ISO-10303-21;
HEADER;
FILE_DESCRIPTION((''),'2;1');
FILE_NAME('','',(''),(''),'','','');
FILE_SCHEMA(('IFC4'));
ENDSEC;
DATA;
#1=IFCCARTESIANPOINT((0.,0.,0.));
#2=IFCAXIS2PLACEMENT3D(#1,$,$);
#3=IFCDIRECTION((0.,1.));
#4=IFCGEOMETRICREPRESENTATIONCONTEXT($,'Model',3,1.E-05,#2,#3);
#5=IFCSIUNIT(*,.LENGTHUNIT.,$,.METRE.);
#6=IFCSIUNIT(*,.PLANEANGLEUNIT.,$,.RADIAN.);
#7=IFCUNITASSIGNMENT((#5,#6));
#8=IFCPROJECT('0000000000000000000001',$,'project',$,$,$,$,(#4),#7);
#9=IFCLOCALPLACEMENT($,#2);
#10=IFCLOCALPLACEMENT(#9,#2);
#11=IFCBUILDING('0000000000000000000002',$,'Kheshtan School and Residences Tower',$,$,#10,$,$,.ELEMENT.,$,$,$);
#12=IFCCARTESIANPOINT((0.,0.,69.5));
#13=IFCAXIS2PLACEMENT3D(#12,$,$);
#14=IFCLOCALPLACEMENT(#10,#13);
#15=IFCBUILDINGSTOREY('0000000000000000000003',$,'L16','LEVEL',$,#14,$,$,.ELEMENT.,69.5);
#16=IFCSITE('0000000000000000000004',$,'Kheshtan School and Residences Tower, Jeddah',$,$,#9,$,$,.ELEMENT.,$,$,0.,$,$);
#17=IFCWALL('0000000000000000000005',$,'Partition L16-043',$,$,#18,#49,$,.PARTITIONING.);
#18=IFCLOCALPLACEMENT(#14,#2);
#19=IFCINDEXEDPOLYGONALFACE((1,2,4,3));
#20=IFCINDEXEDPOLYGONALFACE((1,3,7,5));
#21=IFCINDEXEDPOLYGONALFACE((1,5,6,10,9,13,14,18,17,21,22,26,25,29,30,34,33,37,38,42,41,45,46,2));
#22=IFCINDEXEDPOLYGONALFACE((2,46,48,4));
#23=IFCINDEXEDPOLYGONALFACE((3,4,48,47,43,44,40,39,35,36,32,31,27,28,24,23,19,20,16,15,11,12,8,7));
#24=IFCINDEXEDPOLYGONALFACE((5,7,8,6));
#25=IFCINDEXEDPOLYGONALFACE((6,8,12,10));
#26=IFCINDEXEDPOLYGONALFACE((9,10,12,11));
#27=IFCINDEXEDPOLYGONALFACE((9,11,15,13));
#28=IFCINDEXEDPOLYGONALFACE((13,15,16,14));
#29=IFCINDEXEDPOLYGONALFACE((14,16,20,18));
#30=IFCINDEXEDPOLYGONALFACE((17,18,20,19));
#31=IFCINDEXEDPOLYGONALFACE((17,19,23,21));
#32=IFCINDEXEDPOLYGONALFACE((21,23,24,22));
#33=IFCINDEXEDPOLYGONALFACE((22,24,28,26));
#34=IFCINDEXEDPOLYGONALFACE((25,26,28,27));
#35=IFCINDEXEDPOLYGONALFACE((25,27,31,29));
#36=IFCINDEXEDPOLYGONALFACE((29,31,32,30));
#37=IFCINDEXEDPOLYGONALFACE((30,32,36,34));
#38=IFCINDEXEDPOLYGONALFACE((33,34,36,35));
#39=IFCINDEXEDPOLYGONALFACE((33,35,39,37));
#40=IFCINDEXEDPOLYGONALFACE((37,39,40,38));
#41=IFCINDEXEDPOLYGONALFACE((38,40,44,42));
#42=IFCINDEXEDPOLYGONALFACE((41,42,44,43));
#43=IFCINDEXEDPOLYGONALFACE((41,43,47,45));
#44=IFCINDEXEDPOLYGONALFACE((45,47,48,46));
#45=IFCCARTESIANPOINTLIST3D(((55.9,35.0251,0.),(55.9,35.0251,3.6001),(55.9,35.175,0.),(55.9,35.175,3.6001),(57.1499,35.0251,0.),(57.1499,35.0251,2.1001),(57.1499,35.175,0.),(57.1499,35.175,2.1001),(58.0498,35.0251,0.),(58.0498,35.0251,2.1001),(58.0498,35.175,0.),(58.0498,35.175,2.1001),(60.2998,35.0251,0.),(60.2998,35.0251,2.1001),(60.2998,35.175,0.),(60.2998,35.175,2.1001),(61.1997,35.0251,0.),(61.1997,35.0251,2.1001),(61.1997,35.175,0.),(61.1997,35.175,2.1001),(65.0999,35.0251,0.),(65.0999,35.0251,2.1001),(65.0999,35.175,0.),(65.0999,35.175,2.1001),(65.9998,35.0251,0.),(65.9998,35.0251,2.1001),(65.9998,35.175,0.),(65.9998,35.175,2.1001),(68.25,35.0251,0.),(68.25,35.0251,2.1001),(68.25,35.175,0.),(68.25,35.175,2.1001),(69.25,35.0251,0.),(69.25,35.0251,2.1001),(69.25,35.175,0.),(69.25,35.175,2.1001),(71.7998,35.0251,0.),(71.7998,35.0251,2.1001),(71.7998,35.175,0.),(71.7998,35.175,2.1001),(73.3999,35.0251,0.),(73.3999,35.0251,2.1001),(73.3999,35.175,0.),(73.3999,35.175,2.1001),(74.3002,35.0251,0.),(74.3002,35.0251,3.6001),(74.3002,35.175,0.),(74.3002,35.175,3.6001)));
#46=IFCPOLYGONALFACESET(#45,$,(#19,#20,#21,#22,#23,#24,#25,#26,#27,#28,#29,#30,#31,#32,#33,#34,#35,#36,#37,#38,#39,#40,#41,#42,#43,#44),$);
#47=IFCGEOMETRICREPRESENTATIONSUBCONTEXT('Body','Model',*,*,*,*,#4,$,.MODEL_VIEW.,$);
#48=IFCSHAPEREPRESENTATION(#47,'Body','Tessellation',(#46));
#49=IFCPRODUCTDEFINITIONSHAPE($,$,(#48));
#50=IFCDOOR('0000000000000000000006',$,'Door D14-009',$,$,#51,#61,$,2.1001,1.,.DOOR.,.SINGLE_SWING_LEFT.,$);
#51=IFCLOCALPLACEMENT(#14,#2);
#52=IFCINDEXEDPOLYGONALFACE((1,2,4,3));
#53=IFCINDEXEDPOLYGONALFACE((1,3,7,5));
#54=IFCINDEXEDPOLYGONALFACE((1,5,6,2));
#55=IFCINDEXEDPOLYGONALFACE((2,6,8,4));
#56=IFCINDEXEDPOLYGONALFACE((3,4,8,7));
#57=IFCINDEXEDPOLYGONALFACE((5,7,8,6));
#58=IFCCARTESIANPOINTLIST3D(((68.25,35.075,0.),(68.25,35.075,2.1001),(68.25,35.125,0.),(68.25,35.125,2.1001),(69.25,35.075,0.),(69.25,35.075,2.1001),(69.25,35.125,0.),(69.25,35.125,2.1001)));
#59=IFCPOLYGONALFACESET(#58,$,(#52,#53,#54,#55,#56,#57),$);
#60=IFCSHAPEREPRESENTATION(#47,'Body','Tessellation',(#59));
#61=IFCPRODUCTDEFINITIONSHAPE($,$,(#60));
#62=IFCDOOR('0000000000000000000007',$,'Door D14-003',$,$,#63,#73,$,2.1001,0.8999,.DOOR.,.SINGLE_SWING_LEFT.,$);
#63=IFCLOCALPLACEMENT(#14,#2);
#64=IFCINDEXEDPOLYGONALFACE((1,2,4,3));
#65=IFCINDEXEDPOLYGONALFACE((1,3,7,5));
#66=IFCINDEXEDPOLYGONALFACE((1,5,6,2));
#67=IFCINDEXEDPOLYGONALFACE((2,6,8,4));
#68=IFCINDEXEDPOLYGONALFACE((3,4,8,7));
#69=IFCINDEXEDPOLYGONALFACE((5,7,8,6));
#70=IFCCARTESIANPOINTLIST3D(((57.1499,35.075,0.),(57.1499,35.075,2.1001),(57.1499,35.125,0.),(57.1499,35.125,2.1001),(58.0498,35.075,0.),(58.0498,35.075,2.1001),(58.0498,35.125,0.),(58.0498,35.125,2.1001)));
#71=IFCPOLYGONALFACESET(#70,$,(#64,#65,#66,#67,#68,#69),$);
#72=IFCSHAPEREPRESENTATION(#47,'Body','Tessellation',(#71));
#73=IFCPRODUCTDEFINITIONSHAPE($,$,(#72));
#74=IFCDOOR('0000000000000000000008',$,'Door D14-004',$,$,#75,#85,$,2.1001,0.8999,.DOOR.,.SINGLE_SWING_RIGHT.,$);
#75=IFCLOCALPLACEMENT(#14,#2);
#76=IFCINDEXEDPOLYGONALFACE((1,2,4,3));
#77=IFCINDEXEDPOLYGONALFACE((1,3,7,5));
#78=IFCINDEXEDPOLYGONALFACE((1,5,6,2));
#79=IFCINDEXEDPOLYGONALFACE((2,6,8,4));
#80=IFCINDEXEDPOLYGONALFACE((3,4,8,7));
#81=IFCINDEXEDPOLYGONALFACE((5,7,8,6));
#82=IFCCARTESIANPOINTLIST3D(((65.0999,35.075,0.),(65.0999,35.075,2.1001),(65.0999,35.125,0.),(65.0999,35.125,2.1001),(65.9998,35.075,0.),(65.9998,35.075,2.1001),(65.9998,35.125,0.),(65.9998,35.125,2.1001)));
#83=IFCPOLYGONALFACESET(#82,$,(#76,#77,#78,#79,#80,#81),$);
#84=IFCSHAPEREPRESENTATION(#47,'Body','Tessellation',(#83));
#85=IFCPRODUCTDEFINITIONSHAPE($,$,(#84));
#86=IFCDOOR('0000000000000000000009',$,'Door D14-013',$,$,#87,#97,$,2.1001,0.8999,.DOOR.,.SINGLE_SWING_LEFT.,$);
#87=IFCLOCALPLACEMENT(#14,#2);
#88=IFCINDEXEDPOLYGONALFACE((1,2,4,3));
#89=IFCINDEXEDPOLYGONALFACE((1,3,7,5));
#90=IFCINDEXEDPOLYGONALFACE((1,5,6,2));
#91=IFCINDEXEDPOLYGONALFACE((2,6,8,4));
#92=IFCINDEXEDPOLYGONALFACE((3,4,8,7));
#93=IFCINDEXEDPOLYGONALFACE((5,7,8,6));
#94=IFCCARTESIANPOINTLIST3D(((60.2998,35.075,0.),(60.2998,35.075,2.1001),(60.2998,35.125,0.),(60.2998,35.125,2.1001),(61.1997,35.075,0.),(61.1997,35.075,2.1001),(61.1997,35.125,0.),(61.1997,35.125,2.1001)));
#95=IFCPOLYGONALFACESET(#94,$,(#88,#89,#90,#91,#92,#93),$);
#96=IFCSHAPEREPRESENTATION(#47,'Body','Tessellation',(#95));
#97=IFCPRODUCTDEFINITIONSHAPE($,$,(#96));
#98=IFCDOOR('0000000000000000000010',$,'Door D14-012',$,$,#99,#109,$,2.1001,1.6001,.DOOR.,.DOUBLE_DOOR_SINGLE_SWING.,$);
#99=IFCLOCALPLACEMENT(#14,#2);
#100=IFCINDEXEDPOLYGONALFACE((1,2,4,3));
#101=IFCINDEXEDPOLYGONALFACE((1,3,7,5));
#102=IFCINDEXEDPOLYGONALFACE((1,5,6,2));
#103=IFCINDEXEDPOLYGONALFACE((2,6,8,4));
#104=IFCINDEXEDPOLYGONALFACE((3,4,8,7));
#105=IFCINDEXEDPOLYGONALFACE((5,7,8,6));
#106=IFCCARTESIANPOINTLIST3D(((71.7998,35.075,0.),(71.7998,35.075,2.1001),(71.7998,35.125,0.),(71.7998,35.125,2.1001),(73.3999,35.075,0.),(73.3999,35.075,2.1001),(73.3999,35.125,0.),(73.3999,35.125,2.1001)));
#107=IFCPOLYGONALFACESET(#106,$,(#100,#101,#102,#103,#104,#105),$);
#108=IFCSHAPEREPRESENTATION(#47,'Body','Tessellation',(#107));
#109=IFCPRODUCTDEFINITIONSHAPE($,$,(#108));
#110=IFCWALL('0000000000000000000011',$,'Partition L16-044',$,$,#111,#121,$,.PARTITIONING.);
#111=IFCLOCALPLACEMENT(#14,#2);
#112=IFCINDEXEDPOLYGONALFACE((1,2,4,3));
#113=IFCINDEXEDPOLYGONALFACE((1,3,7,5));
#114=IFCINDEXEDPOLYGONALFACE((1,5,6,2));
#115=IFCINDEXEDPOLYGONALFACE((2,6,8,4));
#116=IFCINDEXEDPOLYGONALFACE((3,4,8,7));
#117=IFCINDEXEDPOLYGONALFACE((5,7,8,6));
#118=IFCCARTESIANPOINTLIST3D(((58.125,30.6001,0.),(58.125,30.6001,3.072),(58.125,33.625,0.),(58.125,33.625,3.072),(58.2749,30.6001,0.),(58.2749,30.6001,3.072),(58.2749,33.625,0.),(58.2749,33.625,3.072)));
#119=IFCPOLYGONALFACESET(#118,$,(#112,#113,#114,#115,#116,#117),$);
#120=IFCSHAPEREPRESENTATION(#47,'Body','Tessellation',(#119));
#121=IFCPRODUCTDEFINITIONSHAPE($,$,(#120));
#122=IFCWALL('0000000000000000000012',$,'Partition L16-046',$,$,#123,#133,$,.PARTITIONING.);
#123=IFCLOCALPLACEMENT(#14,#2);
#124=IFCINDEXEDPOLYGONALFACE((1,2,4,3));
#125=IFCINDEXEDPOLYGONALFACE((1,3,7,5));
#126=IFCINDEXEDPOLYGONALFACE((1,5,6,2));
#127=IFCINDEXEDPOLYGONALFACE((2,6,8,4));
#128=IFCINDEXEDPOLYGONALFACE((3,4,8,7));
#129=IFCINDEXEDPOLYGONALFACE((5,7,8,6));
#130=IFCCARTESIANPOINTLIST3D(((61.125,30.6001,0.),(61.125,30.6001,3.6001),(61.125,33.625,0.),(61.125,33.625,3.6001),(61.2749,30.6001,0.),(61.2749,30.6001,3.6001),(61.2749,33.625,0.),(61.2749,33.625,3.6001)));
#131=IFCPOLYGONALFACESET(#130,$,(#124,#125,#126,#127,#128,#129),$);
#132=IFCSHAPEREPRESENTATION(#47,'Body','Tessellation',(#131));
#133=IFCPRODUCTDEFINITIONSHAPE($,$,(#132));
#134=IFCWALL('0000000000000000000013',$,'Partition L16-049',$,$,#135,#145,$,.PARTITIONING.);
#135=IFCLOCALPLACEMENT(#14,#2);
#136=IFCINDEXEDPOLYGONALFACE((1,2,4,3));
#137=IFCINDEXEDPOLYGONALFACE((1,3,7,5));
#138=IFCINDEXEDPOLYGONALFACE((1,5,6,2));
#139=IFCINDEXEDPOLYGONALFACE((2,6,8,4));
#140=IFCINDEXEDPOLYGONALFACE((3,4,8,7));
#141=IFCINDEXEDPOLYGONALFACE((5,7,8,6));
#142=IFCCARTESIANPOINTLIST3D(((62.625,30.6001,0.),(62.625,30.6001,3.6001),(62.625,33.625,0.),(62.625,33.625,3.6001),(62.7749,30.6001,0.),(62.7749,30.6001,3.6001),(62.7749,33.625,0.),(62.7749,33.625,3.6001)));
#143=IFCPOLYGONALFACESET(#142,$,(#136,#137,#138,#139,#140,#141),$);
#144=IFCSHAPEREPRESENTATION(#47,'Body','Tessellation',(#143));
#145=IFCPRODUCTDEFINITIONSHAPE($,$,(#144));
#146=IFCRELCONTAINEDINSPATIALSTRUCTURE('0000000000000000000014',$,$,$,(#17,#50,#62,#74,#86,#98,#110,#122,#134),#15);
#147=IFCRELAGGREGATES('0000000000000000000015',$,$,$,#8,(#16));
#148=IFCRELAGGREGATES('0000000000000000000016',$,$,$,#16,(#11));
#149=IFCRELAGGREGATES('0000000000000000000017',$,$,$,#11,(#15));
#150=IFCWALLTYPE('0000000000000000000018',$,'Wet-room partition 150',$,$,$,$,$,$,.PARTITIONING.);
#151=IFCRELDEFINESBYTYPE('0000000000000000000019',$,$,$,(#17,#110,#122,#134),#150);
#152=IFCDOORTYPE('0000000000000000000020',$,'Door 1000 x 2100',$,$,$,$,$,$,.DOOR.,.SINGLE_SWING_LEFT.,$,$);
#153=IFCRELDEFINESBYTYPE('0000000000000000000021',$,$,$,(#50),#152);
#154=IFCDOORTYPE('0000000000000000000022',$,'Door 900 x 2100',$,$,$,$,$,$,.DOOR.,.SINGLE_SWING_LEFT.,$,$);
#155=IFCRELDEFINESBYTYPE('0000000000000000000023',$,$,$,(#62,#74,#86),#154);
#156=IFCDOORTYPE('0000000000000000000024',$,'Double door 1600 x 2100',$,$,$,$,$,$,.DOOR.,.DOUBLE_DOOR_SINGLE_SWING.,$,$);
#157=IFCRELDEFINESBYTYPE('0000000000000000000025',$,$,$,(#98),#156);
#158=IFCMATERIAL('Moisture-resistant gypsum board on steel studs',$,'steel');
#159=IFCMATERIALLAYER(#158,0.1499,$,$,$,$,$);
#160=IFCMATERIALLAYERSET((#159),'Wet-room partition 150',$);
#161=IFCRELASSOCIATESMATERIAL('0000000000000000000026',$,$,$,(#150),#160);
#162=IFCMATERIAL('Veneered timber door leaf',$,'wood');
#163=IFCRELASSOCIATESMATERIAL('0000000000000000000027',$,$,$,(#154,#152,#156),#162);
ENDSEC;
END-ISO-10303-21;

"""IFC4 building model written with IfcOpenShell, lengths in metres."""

from ifc_helpers import new_model, si_unit, direction, frame, frame_2d, origin, place, context, subcontext, project, spatial, rectangle, extrude, source, transform, mapped, material, layer, layer_set, type_object, element, fill, save


model = new_model("IFC4")

# Units and contexts
model_context = context("Model", 3, precision=1e-05, world=origin(), true_north=direction((0.0, 1.0)))
body_context = subcontext(model_context, "Body", "Model", "MODEL_VIEW")
ifc_project = project(units=[si_unit("LENGTHUNIT", "METRE"), si_unit("PLANEANGLEUNIT", "RADIAN")], contexts=[model_context])

# Site, building, storey
site_placement = place(None, origin())
site = spatial("IfcSite", under=ifc_project, at=site_placement, Name="Kheshtan School and Residences Tower, Jeddah", CompositionType="ELEMENT", RefElevation=0.0)
building_placement = place(site_placement, origin())
building = spatial("IfcBuilding", under=site, at=building_placement, Name="Kheshtan School and Residences Tower", CompositionType="ELEMENT")
storey_placement = place(building_placement, frame((0.0, 0.0, 69.5)))
storey = spatial("IfcBuildingStorey", under=building, at=storey_placement, Name="L16", Description="LEVEL", CompositionType="ELEMENT", Elevation=69.5)

# Wall, openings, doors
ifc_material_1 = material(Name="Moisture-resistant gypsum board on steel studs", Category="steel")
ifc_layer_1 = layer(ifc_material_1, 0.1499)
ifc_layer_set_1 = layer_set([ifc_layer_1], Name="Wet-room partition 150")
wall_type_1 = type_object("IfcWallType", Name="Wet-room partition 150", PredefinedType="PARTITIONING", material=ifc_layer_set_1)
ifc_material_2 = material(Name="Veneered timber door leaf", Category="wood")
door_type_1 = type_object("IfcDoorType", Name="Door 900 x 2100", OperationType="SINGLE_SWING_LEFT", PredefinedType="DOOR", material=ifc_material_2)
shared_shape_1 = source(origin(), body_context, "Body", "SweptSolid", [
    extrude(rectangle(XDim=0.8999, YDim=2.1001, at=frame_2d((0.45, 1.05))), frame((0.0, 0.0249, 0.0), z_axis=(0.0, -1.0, 0.0), x_axis=(1.0, 0.0, 0.0)), (0.0, 0.0, 1.0), 0.05),
])
wall_1_placement = place(storey_placement, frame((55.8999, 35.1001, 0.0), z_axis=(0.0, 0.0, 1.0), x_axis=(1.0, 0.0, 0.0)))
wall_1 = element("IfcWall", 1, at=wall_1_placement, inside=storey, type_object=wall_type_1, Name="Partition L16-043", PredefinedType="PARTITIONING", context=body_context, shape_type="SweptSolid", body=[
    extrude(rectangle(XDim=18.4001, YDim=0.1499, at=frame_2d((9.2002, 0.0))), origin(), (0.0, 0.0, 1.0), 3.6001),
])
opening_1_placement = place(wall_1_placement, frame((1.25, 0.0, 0.0)))
opening_1 = element("IfcOpeningElement", 2, at=opening_1_placement, cuts=wall_1, PredefinedType="OPENING", context=body_context, shape_type="SweptSolid", body=[
    extrude(rectangle(XDim=0.8999, YDim=2.1001, at=frame_2d((0.45, 1.05))), frame((0.0, 0.085, 0.0), z_axis=(0.0, -1.0, 0.0), x_axis=(1.0, 0.0, 0.0)), (0.0, 0.0, 1.0), 0.1699),
])
opening_2_placement = place(wall_1_placement, frame((9.2, 0.0, 0.0)))
opening_2 = element("IfcOpeningElement", 3, at=opening_2_placement, cuts=wall_1, PredefinedType="OPENING", context=body_context, shape_type="SweptSolid", body=[
    extrude(rectangle(XDim=0.8999, YDim=2.1001, at=frame_2d((0.45, 1.05))), frame((0.0, 0.085, 0.0), z_axis=(0.0, -1.0, 0.0), x_axis=(1.0, 0.0, 0.0)), (0.0, 0.0, 1.0), 0.1699),
])
opening_3_placement = place(wall_1_placement, frame((12.3501, 0.0, 0.0)))
opening_3 = element("IfcOpeningElement", 4, at=opening_3_placement, cuts=wall_1, PredefinedType="OPENING", context=body_context, shape_type="SweptSolid", body=[
    extrude(rectangle(XDim=1.0, YDim=2.1001, at=frame_2d((0.5, 1.05))), frame((0.0, 0.085, 0.0), z_axis=(0.0, -1.0, 0.0), x_axis=(1.0, 0.0, 0.0)), (0.0, 0.0, 1.0), 0.1699),
])
opening_4_placement = place(wall_1_placement, frame((15.8999, 0.0, 0.0)))
opening_4 = element("IfcOpeningElement", 5, at=opening_4_placement, cuts=wall_1, PredefinedType="OPENING", context=body_context, shape_type="SweptSolid", body=[
    extrude(rectangle(XDim=1.6001, YDim=2.1001, at=frame_2d((0.8, 1.05))), frame((0.0, 0.085, 0.0), z_axis=(0.0, -1.0, 0.0), x_axis=(1.0, 0.0, 0.0)), (0.0, 0.0, 1.0), 0.1699),
])
opening_5_placement = place(wall_1_placement, frame((4.3999, 0.0, 0.0)))
opening_5 = element("IfcOpeningElement", 6, at=opening_5_placement, cuts=wall_1, PredefinedType="OPENING", context=body_context, shape_type="SweptSolid", body=[
    extrude(rectangle(XDim=0.8999, YDim=2.1001, at=frame_2d((0.45, 1.05))), frame((0.0, 0.085, 0.0), z_axis=(0.0, -1.0, 0.0), x_axis=(1.0, 0.0, 0.0)), (0.0, 0.0, 1.0), 0.1699),
])
door_type_2 = type_object("IfcDoorType", Name="Door 1000 x 2100", OperationType="SINGLE_SWING_LEFT", PredefinedType="DOOR", material=ifc_material_2)
shared_shape_2 = source(origin(), body_context, "Body", "SweptSolid", [
    extrude(rectangle(XDim=1.0, YDim=2.1001, at=frame_2d((0.5, 1.05))), frame((0.0, 0.0249, 0.0), z_axis=(0.0, -1.0, 0.0), x_axis=(1.0, 0.0, 0.0)), (0.0, 0.0, 1.0), 0.05),
])
door_1_placement = place(opening_3_placement, origin())
door_1 = element("IfcDoor", 7, at=door_1_placement, inside=storey, type_object=door_type_2, Name="Door D14-009", OperationType="SINGLE_SWING_LEFT", OverallHeight=2.1001, OverallWidth=1.0, PredefinedType="DOOR", context=body_context, shape_type="MappedRepresentation", body=[
    mapped(shared_shape_2, transform((0.0, 0.0, 0.0), x_axis=(1.0, 0.0, 0.0), y_axis=(0.0, 1.0, 0.0), z_axis=(0.0, 0.0, 1.0), scale=1.0)),
])
fill(opening_3, door_1)
door_2_placement = place(opening_1_placement, origin())
door_2 = element("IfcDoor", 8, at=door_2_placement, inside=storey, type_object=door_type_1, Name="Door D14-003", OperationType="SINGLE_SWING_LEFT", OverallHeight=2.1001, OverallWidth=0.8999, PredefinedType="DOOR", context=body_context, shape_type="MappedRepresentation", body=[
    mapped(shared_shape_1, transform((0.0, 0.0, 0.0), x_axis=(1.0, 0.0, 0.0), y_axis=(0.0, 1.0, 0.0), z_axis=(0.0, 0.0, 1.0), scale=1.0)),
])
fill(opening_1, door_2)
door_3_placement = place(opening_2_placement, origin())
door_3 = element("IfcDoor", 9, at=door_3_placement, inside=storey, type_object=door_type_1, Name="Door D14-004", OperationType="SINGLE_SWING_RIGHT", OverallHeight=2.1001, OverallWidth=0.8999, PredefinedType="DOOR", context=body_context, shape_type="MappedRepresentation", body=[
    mapped(shared_shape_1, transform((0.0, 0.0, 0.0), x_axis=(1.0, 0.0, 0.0), y_axis=(0.0, 1.0, 0.0), z_axis=(0.0, 0.0, 1.0), scale=1.0)),
])
fill(opening_2, door_3)
door_4_placement = place(opening_5_placement, origin())
door_4 = element("IfcDoor", 10, at=door_4_placement, inside=storey, type_object=door_type_1, Name="Door D14-013", OperationType="SINGLE_SWING_LEFT", OverallHeight=2.1001, OverallWidth=0.8999, PredefinedType="DOOR", context=body_context, shape_type="MappedRepresentation", body=[
    mapped(shared_shape_1, transform((0.0, 0.0, 0.0), x_axis=(1.0, 0.0, 0.0), y_axis=(0.0, 1.0, 0.0), z_axis=(0.0, 0.0, 1.0), scale=1.0)),
])
fill(opening_5, door_4)
door_type_3 = type_object("IfcDoorType", Name="Double door 1600 x 2100", OperationType="DOUBLE_DOOR_SINGLE_SWING", PredefinedType="DOOR", material=ifc_material_2)
shared_shape_3 = source(origin(), body_context, "Body", "SweptSolid", [
    extrude(rectangle(XDim=1.6001, YDim=2.1001, at=frame_2d((0.8, 1.05))), frame((0.0, 0.0249, 0.0), z_axis=(0.0, -1.0, 0.0), x_axis=(1.0, 0.0, 0.0)), (0.0, 0.0, 1.0), 0.05),
])
door_5_placement = place(opening_4_placement, origin())
door_5 = element("IfcDoor", 11, at=door_5_placement, inside=storey, type_object=door_type_3, Name="Door D14-012", OperationType="DOUBLE_DOOR_SINGLE_SWING", OverallHeight=2.1001, OverallWidth=1.6001, PredefinedType="DOOR", context=body_context, shape_type="MappedRepresentation", body=[
    mapped(shared_shape_3, transform((0.0, 0.0, 0.0), x_axis=(1.0, 0.0, 0.0), y_axis=(0.0, 1.0, 0.0), z_axis=(0.0, 0.0, 1.0), scale=1.0)),
])
fill(opening_4, door_5)

# Walls
wall_2_placement = place(storey_placement, frame((58.2, 30.6001, 0.0), z_axis=(0.0, 0.0, 1.0), x_axis=(0.0, 1.0, 0.0)))
element("IfcWall", 12, at=wall_2_placement, inside=storey, type_object=wall_type_1, Name="Partition L16-044", PredefinedType="PARTITIONING", context=body_context, shape_type="SweptSolid", body=[
    extrude(rectangle(XDim=3.0249, YDim=0.1499, at=frame_2d((1.5125, 0.0))), origin(), (0.0, 0.0, 1.0), 3.072),
])
for number, where, z_axis, x_axis, name in (
    (13, (61.2, 30.6001, 0.0), (0.0, 0.0, 1.0), (0.0, 1.0, 0.0), "Partition L16-046"),
    (14, (62.7, 30.6001, 0.0), (0.0, 0.0, 1.0), (0.0, 1.0, 0.0), "Partition L16-049"),
):
    element("IfcWall", number, at=place(storey_placement, frame(where, z_axis=z_axis, x_axis=x_axis)), inside=storey, type_object=wall_type_1, Name=name, PredefinedType="PARTITIONING", context=body_context, shape_type="SweptSolid", body=[
        extrude(rectangle(XDim=3.0249, YDim=0.1499, at=frame_2d((1.5125, 0.0))), origin(), (0.0, 0.0, 1.0), 3.6001),
    ])

save(model, "model.ifc")
